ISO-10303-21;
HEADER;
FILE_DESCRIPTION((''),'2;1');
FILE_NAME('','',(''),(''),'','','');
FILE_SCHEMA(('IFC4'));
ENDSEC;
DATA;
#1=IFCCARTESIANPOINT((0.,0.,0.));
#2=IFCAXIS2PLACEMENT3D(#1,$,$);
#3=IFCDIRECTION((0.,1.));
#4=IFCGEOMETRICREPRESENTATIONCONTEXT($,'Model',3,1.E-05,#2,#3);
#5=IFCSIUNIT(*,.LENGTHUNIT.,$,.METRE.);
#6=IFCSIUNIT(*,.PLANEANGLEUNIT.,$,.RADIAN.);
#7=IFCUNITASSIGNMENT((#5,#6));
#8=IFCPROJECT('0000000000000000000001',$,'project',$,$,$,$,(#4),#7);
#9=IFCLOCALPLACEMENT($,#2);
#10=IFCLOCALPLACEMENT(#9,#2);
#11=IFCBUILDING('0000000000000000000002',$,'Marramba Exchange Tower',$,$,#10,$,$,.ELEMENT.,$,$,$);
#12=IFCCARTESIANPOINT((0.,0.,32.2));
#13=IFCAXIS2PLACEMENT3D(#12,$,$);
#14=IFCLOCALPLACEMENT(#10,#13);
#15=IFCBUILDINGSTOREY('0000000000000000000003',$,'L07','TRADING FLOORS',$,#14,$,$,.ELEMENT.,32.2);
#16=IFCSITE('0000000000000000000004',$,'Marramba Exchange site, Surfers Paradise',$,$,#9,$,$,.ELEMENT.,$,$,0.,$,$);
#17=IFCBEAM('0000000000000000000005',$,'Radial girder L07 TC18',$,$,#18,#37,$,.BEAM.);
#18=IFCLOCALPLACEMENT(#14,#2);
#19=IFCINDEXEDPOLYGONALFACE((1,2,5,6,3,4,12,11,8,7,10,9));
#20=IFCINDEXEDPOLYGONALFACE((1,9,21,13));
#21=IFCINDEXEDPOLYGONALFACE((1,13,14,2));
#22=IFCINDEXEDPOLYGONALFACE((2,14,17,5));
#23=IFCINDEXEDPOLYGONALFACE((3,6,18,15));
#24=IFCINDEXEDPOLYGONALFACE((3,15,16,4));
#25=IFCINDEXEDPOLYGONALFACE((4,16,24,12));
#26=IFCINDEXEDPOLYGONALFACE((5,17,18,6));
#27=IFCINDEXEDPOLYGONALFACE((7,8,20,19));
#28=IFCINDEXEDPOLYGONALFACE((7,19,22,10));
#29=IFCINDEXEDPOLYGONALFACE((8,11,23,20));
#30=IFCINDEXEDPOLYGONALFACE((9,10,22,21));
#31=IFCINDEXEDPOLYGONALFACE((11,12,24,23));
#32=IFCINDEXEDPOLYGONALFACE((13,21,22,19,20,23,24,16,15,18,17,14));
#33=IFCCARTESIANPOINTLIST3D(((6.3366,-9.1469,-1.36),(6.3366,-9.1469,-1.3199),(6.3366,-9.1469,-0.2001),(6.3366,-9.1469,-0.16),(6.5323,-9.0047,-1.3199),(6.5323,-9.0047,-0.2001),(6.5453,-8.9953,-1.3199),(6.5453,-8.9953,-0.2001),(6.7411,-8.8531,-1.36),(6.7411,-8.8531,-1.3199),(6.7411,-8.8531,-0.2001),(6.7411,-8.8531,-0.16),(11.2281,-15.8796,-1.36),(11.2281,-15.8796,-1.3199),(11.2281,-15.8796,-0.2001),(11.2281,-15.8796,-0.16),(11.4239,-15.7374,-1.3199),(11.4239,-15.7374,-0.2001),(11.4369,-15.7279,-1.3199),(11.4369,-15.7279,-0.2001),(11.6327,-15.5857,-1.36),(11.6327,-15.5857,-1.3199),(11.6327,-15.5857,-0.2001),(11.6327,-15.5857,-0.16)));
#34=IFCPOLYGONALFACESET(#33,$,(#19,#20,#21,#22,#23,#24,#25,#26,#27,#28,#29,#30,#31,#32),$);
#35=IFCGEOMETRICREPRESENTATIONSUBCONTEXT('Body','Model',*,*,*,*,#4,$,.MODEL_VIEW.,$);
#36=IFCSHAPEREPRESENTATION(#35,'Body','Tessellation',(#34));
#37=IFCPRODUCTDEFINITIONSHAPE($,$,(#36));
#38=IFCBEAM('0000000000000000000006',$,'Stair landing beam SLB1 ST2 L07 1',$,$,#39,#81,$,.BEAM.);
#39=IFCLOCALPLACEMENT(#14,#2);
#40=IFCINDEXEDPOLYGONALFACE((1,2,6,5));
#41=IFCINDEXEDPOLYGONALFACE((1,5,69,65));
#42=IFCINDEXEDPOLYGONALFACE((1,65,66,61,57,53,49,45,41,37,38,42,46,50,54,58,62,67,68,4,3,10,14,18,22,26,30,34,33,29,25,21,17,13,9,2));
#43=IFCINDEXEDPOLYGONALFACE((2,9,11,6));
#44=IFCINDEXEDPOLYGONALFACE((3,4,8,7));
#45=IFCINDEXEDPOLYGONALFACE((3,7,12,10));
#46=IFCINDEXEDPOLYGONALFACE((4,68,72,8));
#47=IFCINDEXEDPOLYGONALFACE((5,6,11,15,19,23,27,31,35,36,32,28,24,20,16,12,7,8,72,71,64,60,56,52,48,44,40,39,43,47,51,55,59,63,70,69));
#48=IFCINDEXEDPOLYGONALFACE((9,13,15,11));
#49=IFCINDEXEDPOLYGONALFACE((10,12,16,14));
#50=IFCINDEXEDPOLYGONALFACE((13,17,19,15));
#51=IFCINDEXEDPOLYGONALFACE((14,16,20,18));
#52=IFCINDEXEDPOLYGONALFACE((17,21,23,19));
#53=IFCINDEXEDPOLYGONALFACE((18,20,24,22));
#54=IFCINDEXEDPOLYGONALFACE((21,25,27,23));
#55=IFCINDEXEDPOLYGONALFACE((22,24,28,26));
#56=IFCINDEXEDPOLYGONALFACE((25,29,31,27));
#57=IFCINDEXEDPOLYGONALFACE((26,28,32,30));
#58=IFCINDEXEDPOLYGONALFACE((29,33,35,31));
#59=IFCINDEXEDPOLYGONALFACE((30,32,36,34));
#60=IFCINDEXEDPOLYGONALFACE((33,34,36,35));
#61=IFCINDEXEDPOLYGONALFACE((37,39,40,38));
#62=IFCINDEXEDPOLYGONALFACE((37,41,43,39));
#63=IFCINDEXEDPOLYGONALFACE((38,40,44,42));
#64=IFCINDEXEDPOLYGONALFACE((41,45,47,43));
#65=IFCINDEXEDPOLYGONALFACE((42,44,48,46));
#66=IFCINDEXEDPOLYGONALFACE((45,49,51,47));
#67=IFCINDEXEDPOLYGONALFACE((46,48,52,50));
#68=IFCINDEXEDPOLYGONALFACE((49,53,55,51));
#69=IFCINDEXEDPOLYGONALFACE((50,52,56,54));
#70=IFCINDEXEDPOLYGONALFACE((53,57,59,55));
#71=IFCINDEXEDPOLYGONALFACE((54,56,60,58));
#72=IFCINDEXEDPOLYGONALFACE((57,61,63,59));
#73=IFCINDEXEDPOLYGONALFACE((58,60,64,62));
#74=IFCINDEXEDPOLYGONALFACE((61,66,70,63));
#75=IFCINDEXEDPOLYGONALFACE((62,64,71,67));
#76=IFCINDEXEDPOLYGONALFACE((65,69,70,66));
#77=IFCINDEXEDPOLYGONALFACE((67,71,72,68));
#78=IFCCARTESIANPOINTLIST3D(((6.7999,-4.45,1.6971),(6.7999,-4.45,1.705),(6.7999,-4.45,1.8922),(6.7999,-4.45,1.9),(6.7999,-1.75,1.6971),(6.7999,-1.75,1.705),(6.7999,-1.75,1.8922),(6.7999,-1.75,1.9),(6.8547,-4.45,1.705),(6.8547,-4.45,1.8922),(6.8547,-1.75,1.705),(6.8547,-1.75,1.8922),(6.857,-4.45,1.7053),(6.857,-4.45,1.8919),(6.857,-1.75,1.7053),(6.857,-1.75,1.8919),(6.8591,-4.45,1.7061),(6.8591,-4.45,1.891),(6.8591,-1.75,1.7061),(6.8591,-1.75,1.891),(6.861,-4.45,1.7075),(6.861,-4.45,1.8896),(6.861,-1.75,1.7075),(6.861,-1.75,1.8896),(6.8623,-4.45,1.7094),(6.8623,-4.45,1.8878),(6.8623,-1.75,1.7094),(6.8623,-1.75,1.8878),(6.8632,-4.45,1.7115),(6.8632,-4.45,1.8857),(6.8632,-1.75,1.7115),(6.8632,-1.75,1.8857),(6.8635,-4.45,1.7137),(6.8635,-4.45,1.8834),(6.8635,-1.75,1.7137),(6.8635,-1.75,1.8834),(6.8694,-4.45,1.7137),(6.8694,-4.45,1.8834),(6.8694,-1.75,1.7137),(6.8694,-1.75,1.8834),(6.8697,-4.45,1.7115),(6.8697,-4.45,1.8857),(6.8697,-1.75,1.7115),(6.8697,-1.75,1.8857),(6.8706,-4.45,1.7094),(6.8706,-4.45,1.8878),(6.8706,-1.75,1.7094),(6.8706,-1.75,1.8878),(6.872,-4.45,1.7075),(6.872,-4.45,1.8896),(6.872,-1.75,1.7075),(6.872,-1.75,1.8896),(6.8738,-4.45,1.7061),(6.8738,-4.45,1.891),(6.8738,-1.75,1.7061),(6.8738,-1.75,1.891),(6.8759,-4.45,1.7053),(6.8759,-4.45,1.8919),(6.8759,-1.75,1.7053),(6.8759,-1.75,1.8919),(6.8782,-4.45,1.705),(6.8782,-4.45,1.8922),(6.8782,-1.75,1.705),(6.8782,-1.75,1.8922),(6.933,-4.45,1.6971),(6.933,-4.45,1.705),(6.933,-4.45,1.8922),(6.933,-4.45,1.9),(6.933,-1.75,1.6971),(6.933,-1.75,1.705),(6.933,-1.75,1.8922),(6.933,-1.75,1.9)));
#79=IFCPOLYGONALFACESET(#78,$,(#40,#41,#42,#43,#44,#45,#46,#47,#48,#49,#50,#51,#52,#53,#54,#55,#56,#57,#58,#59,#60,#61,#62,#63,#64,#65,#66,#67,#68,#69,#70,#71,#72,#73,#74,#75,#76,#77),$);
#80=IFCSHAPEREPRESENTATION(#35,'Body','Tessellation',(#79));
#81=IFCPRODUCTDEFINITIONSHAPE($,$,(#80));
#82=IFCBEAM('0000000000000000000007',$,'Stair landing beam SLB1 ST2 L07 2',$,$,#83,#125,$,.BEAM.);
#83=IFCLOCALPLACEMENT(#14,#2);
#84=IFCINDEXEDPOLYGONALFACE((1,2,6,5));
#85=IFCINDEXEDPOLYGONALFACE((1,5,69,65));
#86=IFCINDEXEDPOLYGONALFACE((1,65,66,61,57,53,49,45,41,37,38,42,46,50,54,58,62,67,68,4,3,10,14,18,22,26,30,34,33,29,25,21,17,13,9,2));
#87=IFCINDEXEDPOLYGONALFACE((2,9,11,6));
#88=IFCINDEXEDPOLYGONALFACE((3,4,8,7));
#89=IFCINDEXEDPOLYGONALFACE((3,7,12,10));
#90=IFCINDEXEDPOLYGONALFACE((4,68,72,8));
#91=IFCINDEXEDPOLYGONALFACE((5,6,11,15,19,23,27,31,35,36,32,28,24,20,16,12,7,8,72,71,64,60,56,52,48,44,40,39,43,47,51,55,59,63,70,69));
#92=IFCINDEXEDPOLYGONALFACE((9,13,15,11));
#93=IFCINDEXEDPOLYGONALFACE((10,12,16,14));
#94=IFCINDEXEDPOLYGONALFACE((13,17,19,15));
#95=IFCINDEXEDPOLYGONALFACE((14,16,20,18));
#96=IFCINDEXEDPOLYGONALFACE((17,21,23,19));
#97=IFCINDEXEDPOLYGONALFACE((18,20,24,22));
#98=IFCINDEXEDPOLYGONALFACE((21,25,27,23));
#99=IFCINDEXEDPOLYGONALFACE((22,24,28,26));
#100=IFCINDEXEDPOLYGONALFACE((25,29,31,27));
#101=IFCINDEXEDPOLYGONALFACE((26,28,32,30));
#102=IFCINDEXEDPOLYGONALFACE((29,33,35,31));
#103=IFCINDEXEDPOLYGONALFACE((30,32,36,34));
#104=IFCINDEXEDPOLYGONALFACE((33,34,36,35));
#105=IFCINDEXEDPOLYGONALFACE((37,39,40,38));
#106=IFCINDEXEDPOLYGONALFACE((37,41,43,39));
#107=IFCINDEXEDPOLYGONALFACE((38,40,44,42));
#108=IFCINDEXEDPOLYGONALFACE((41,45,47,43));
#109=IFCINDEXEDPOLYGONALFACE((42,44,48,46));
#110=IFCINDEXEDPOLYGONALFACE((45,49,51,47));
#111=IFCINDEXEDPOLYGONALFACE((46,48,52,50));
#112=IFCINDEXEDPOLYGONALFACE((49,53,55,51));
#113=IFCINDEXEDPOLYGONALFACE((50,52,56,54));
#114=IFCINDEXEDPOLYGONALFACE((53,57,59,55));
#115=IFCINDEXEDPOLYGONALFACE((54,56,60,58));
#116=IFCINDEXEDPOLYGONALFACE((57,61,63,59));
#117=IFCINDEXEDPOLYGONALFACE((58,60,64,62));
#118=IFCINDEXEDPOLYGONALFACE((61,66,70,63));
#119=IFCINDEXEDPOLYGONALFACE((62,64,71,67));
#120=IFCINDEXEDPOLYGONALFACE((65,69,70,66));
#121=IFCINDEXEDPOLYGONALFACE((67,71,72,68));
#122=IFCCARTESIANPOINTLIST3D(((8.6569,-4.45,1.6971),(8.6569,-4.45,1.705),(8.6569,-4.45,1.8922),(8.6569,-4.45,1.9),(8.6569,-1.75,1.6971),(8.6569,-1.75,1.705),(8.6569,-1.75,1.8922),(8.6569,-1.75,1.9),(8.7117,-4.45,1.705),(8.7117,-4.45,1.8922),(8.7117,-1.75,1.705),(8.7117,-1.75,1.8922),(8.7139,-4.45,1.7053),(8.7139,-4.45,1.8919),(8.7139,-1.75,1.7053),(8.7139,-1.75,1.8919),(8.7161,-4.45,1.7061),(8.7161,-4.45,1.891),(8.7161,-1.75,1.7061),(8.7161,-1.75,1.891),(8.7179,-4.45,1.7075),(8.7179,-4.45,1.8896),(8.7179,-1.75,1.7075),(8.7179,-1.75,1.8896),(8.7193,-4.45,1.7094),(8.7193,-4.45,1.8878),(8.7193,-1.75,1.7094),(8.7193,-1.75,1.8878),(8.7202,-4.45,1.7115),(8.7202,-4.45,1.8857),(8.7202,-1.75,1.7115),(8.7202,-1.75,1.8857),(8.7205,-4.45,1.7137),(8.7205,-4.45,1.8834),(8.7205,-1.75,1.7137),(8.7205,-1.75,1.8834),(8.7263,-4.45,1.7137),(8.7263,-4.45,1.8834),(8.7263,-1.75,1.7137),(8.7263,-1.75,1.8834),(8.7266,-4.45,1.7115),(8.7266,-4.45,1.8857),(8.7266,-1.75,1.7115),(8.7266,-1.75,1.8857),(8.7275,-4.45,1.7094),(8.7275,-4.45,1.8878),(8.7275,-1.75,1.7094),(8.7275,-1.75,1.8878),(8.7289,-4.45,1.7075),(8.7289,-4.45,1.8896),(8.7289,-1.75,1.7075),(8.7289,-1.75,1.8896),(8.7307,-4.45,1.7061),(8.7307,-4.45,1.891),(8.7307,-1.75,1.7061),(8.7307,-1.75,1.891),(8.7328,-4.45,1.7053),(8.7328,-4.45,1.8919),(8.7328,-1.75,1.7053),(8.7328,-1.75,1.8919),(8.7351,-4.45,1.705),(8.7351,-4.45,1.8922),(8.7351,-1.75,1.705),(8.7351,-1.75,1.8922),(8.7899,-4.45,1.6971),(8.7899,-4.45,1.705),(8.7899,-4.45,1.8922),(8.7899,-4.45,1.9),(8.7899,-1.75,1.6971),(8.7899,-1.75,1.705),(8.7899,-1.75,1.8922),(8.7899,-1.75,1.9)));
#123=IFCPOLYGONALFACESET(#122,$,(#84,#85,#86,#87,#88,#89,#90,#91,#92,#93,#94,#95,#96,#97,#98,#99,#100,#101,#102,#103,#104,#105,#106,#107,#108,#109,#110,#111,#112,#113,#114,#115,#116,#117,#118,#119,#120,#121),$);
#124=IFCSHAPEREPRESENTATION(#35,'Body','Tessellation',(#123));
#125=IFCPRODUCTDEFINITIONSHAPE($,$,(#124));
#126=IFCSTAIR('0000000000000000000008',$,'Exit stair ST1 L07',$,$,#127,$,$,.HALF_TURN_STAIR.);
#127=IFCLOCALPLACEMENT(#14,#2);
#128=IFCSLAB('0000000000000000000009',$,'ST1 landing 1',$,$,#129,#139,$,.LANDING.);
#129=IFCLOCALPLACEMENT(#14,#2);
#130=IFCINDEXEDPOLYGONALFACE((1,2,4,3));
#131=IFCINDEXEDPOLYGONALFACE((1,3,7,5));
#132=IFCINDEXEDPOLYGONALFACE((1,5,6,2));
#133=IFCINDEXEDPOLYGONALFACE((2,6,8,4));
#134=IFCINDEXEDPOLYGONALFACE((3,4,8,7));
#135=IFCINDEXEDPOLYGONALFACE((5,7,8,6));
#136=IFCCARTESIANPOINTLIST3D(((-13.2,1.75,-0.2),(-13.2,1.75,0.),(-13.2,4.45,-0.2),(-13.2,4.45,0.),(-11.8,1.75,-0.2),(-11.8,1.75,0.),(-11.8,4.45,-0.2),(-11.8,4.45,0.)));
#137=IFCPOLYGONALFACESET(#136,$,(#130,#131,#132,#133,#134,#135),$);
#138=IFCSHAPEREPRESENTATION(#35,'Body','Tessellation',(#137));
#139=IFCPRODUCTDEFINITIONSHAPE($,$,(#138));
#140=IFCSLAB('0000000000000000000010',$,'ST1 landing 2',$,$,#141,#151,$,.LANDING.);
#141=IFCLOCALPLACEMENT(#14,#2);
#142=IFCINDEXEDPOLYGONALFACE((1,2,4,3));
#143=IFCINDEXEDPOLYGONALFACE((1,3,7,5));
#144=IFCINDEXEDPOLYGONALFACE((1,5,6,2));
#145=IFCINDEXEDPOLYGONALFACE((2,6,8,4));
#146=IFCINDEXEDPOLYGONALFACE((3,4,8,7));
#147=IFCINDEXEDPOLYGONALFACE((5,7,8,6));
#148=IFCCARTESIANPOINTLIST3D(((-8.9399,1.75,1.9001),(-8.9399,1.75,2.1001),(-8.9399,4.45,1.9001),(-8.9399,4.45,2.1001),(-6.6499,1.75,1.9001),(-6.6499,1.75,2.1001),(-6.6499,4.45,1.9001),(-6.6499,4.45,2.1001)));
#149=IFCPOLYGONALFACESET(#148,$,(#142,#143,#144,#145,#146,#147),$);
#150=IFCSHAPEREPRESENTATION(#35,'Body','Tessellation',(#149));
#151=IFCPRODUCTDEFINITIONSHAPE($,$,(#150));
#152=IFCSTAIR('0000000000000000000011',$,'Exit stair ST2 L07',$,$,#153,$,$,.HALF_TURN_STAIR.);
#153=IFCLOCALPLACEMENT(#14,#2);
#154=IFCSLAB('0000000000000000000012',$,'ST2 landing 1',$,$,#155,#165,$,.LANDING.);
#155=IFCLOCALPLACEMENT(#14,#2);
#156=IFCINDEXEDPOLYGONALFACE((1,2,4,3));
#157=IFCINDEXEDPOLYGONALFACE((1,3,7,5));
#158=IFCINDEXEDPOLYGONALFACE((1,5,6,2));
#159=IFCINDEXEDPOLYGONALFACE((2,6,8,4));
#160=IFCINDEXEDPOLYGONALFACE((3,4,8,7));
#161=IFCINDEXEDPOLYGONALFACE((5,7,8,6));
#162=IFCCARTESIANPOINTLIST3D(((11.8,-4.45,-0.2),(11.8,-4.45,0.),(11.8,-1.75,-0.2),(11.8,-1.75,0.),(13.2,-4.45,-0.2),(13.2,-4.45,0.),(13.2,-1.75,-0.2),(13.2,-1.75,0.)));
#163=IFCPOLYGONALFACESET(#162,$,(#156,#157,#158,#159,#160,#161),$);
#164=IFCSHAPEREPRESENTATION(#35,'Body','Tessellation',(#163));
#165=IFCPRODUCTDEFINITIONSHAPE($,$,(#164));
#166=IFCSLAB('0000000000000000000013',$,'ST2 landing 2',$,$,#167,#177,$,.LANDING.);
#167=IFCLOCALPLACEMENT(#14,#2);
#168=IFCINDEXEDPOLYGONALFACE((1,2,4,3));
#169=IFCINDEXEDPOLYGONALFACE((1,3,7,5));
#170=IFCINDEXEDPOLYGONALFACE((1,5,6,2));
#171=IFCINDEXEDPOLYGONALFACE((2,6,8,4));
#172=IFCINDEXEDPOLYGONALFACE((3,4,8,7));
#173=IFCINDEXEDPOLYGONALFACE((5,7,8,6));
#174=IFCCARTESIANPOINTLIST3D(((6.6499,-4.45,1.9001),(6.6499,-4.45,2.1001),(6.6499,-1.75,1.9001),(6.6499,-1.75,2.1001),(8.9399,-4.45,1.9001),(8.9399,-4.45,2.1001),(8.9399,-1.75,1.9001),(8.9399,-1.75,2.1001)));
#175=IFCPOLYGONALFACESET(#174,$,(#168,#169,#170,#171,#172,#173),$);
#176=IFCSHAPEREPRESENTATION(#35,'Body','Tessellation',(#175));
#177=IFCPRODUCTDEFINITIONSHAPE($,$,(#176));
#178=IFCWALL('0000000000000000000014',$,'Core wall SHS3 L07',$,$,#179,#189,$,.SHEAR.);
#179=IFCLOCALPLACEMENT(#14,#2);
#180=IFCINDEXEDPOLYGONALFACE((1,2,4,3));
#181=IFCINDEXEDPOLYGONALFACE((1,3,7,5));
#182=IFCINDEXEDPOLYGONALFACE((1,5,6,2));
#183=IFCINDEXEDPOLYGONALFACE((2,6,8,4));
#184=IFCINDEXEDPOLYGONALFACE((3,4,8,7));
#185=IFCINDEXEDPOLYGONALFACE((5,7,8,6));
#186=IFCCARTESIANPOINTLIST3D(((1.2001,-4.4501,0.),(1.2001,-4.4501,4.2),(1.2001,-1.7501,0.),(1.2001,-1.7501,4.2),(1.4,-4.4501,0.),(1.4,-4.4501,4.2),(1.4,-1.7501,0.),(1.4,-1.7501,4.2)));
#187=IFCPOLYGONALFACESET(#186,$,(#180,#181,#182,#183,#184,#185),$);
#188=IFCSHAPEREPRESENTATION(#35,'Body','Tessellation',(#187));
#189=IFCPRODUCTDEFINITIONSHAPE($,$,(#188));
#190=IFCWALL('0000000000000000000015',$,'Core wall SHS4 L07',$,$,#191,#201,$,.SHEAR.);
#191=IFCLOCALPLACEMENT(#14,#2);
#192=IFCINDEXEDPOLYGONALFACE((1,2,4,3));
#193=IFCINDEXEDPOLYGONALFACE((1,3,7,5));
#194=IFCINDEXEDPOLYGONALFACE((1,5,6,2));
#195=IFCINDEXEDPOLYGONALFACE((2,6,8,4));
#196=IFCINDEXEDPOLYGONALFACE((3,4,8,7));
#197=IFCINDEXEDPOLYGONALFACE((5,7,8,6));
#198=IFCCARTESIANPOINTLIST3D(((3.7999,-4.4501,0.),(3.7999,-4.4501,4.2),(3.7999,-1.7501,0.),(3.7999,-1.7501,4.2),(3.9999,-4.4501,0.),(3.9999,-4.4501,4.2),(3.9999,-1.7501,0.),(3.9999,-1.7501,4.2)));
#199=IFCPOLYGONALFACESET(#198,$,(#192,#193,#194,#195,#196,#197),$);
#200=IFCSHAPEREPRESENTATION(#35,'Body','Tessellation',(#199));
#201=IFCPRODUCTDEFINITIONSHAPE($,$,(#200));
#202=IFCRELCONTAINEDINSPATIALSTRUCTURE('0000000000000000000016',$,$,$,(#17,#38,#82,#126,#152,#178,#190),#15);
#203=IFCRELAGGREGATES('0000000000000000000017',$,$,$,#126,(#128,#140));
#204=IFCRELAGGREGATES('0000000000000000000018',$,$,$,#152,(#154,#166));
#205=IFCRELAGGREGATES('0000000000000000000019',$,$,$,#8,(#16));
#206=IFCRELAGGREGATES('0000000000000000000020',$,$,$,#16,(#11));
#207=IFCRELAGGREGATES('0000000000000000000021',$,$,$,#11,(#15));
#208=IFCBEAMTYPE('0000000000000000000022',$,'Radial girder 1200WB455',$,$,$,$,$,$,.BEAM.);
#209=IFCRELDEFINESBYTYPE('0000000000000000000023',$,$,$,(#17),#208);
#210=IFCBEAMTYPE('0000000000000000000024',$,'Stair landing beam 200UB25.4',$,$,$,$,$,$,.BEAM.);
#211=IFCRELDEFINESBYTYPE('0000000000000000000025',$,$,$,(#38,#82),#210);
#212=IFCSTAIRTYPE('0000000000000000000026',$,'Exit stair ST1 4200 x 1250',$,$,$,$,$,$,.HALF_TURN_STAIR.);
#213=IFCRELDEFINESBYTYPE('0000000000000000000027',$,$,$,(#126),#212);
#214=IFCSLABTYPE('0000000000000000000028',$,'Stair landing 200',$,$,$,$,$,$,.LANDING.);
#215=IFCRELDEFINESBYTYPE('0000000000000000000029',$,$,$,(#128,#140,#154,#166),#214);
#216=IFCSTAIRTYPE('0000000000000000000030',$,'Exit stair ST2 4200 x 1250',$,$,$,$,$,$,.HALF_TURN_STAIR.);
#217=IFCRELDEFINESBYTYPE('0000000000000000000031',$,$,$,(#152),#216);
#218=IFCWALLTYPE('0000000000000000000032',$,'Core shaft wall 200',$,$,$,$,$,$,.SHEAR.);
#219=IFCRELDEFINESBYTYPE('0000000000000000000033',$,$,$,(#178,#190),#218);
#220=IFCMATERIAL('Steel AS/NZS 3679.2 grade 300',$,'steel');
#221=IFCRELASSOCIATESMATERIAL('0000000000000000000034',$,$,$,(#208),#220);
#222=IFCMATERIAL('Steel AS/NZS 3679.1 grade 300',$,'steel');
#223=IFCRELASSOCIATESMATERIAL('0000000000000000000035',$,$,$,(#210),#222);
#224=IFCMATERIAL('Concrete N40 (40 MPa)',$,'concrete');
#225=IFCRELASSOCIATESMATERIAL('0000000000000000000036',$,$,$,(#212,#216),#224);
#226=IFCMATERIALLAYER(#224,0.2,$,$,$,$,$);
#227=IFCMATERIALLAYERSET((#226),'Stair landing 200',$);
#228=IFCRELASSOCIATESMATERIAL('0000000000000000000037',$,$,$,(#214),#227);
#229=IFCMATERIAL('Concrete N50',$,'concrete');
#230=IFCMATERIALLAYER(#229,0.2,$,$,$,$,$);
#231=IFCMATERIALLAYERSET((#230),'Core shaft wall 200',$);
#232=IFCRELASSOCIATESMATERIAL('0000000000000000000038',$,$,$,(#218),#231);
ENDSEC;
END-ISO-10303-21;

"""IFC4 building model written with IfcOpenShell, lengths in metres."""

from ifc_helpers import new_model, si_unit, direction, frame, frame_2d, origin, origin_2d, place, context, subcontext, project, spatial, polyline, rectangle, i_section, outline, extrude, material, layer, layer_set, material_profile, profile_set, type_object, element, aggregate, save


model = new_model("IFC4")

# Units and contexts
model_context = context("Model", 3, precision=1e-05, world=origin(), true_north=direction((0.0, 1.0)))
body_context = subcontext(model_context, "Body", "Model", "MODEL_VIEW")
ifc_project = project(units=[si_unit("LENGTHUNIT", "METRE"), si_unit("PLANEANGLEUNIT", "RADIAN")], contexts=[model_context])

# Site, building, storey
site_placement = place(None, origin())
site = spatial("IfcSite", under=ifc_project, at=site_placement, Name="Marramba Exchange site, Surfers Paradise", CompositionType="ELEMENT", RefElevation=0.0)
building_placement = place(site_placement, origin())
building = spatial("IfcBuilding", under=site, at=building_placement, Name="Marramba Exchange Tower", CompositionType="ELEMENT")
storey_placement = place(building_placement, frame((0.0, 0.0, 32.2)))
storey = spatial("IfcBuildingStorey", under=building, at=storey_placement, Name="L07", Description="TRADING FLOORS", CompositionType="ELEMENT", Elevation=32.2)

# Beams
ifc_material_1 = material(Name="Steel AS/NZS 3679.2 grade 300", Category="steel")
ifc_material_profile_1 = material_profile(ifc_material_1, i_section(OverallWidth=0.5, OverallDepth=1.2, WebThickness=0.0161, FlangeThickness=0.04, at=origin_2d()), Name="1200WB455")
ifc_profile_set_1 = profile_set([ifc_material_profile_1], Name="Steel AS/NZS 3679.2 grade 300")
beam_type_1 = type_object("IfcBeamType", Name="Radial girder 1200WB455", PredefinedType="BEAM", material=ifc_profile_set_1)
beam_placement = place(storey_placement, frame((6.5388, -9.0, -0.76), z_axis=(0.587788, -0.809015, 0.0), x_axis=(0.809015, 0.587788, 0.0)))
element("IfcBeam", 1, at=beam_placement, inside=storey, type_object=beam_type_1, Name="Radial girder L07 TC18", PredefinedType="BEAM", context=body_context, shape_type="SweptSolid", body=[
    extrude(i_section(OverallWidth=0.5, OverallDepth=1.2, WebThickness=0.0161, FlangeThickness=0.04, at=origin_2d()), origin(), (0.0, 0.0, 1.0), 8.322),
])
ifc_material_2 = material(Name="Steel AS/NZS 3679.1 grade 300", Category="steel")
ifc_material_profile_2 = material_profile(ifc_material_2, i_section(OverallWidth=0.1331, OverallDepth=0.2029, WebThickness=0.0059, FlangeThickness=0.0078, FilletRadius=0.0088, at=origin_2d()), Name="200UB25.4")
ifc_profile_set_2 = profile_set([ifc_material_profile_2], Name="Steel AS/NZS 3679.1 grade 300")
beam_type_2 = type_object("IfcBeamType", Name="Stair landing beam 200UB25.4", PredefinedType="BEAM", material=ifc_profile_set_2)
for number, where, z_axis, x_axis, name in (
    (2, (6.8665, -4.45, 1.7986), (0.0, 1.0, 0.0), (-1.0, 0.0, 0.0), "Stair landing beam SLB1 ST2 L07 1"),
    (3, (8.7234, -4.45, 1.7986), (0.0, 1.0, 0.0), (-1.0, 0.0, 0.0), "Stair landing beam SLB1 ST2 L07 2"),
):
    element("IfcBeam", number, at=place(storey_placement, frame(where, z_axis=z_axis, x_axis=x_axis)), inside=storey, type_object=beam_type_2, Name=name, PredefinedType="BEAM", context=body_context, shape_type="SweptSolid", body=[
        extrude(i_section(OverallWidth=0.1331, OverallDepth=0.2029, WebThickness=0.0059, FlangeThickness=0.0078, FilletRadius=0.0088, at=origin_2d()), origin(), (0.0, 0.0, 1.0), 2.7),
    ])

# Stairs, slabs
ifc_material_3 = material(Name="Concrete N40 (40 MPa)", Category="concrete")
stair_type_1 = type_object("IfcStairType", Name="Exit stair ST1 4200 x 1250", PredefinedType="HALF_TURN_STAIR", material=ifc_material_3)
stair_1_placement = place(storey_placement, origin())
stair_1 = element("IfcStair", 4, at=stair_1_placement, inside=storey, type_object=stair_type_1, Name="Exit stair ST1 L07", PredefinedType="HALF_TURN_STAIR")
ifc_layer_1 = layer(ifc_material_3, 0.2)
ifc_layer_set_1 = layer_set([ifc_layer_1], Name="Stair landing 200")
slab_type = type_object("IfcSlabType", Name="Stair landing 200", PredefinedType="LANDING", material=ifc_layer_set_1)
slab_1_placement = place(storey_placement, frame((0.0, 0.0, -0.2)))
slab_1 = element("IfcSlab", 5, at=slab_1_placement, type_object=slab_type, Name="ST1 landing 1", PredefinedType="LANDING", context=body_context, shape_type="SweptSolid", body=[
    extrude(outline(polyline([(-13.2, 1.75), (-11.8, 1.75), (-11.8, 4.45), (-13.2, 4.45), (-13.2, 1.75)])), origin(), (0.0, 0.0, 1.0), 0.2),
])
slab_2_placement = place(storey_placement, frame((0.0, 0.0, 1.9001)))
slab_2 = element("IfcSlab", 6, at=slab_2_placement, type_object=slab_type, Name="ST1 landing 2", PredefinedType="LANDING", context=body_context, shape_type="SweptSolid", body=[
    extrude(outline(polyline([(-8.9399, 1.75), (-6.6499, 1.75), (-6.6499, 4.45), (-8.9399, 4.45), (-8.9399, 1.75)])), origin(), (0.0, 0.0, 1.0), 0.2),
])
aggregate(stair_1, [slab_1, slab_2])
stair_type_2 = type_object("IfcStairType", Name="Exit stair ST2 4200 x 1250", PredefinedType="HALF_TURN_STAIR", material=ifc_material_3)
stair_2_placement = place(storey_placement, origin())
stair_2 = element("IfcStair", 7, at=stair_2_placement, inside=storey, type_object=stair_type_2, Name="Exit stair ST2 L07", PredefinedType="HALF_TURN_STAIR")
slab_3_placement = place(storey_placement, frame((0.0, 0.0, -0.2)))
slab_3 = element("IfcSlab", 8, at=slab_3_placement, type_object=slab_type, Name="ST2 landing 1", PredefinedType="LANDING", context=body_context, shape_type="SweptSolid", body=[
    extrude(outline(polyline([(11.8, -4.45), (13.2, -4.45), (13.2, -1.75), (11.8, -1.75), (11.8, -4.45)])), origin(), (0.0, 0.0, 1.0), 0.2),
])
slab_4_placement = place(storey_placement, frame((0.0, 0.0, 1.9001)))
slab_4 = element("IfcSlab", 9, at=slab_4_placement, type_object=slab_type, Name="ST2 landing 2", PredefinedType="LANDING", context=body_context, shape_type="SweptSolid", body=[
    extrude(outline(polyline([(6.6499, -4.45), (8.9399, -4.45), (8.9399, -1.75), (6.6499, -1.75), (6.6499, -4.45)])), origin(), (0.0, 0.0, 1.0), 0.2),
])

# Walls
ifc_material_4 = material(Name="Concrete N50", Category="concrete")
ifc_layer_2 = layer(ifc_material_4, 0.2)
ifc_layer_set_2 = layer_set([ifc_layer_2], Name="Core shaft wall 200")
wall_type_1 = type_object("IfcWallType", Name="Core shaft wall 200", PredefinedType="SHEAR", material=ifc_layer_set_2)
for number, where, z_axis, x_axis, name in (
    (10, (1.3, -1.75, 0.0), (0.0, 0.0, 1.0), (0.0, -1.0, 0.0), "Core wall SHS3 L07"),
    (11, (3.8999, -1.75, 0.0), (0.0, 0.0, 1.0), (0.0, -1.0, 0.0), "Core wall SHS4 L07"),
):
    element("IfcWall", number, at=place(storey_placement, frame(where, z_axis=z_axis, x_axis=x_axis)), inside=storey, type_object=wall_type_1, Name=name, PredefinedType="SHEAR", context=body_context, shape_type="SweptSolid", body=[
        extrude(rectangle(XDim=2.7, YDim=0.2, at=frame_2d((1.3501, 0.0))), origin(), (0.0, 0.0, 1.0), 4.2),
    ])

aggregate(stair_2, [slab_3, slab_4])

save(model, "model.ifc")
